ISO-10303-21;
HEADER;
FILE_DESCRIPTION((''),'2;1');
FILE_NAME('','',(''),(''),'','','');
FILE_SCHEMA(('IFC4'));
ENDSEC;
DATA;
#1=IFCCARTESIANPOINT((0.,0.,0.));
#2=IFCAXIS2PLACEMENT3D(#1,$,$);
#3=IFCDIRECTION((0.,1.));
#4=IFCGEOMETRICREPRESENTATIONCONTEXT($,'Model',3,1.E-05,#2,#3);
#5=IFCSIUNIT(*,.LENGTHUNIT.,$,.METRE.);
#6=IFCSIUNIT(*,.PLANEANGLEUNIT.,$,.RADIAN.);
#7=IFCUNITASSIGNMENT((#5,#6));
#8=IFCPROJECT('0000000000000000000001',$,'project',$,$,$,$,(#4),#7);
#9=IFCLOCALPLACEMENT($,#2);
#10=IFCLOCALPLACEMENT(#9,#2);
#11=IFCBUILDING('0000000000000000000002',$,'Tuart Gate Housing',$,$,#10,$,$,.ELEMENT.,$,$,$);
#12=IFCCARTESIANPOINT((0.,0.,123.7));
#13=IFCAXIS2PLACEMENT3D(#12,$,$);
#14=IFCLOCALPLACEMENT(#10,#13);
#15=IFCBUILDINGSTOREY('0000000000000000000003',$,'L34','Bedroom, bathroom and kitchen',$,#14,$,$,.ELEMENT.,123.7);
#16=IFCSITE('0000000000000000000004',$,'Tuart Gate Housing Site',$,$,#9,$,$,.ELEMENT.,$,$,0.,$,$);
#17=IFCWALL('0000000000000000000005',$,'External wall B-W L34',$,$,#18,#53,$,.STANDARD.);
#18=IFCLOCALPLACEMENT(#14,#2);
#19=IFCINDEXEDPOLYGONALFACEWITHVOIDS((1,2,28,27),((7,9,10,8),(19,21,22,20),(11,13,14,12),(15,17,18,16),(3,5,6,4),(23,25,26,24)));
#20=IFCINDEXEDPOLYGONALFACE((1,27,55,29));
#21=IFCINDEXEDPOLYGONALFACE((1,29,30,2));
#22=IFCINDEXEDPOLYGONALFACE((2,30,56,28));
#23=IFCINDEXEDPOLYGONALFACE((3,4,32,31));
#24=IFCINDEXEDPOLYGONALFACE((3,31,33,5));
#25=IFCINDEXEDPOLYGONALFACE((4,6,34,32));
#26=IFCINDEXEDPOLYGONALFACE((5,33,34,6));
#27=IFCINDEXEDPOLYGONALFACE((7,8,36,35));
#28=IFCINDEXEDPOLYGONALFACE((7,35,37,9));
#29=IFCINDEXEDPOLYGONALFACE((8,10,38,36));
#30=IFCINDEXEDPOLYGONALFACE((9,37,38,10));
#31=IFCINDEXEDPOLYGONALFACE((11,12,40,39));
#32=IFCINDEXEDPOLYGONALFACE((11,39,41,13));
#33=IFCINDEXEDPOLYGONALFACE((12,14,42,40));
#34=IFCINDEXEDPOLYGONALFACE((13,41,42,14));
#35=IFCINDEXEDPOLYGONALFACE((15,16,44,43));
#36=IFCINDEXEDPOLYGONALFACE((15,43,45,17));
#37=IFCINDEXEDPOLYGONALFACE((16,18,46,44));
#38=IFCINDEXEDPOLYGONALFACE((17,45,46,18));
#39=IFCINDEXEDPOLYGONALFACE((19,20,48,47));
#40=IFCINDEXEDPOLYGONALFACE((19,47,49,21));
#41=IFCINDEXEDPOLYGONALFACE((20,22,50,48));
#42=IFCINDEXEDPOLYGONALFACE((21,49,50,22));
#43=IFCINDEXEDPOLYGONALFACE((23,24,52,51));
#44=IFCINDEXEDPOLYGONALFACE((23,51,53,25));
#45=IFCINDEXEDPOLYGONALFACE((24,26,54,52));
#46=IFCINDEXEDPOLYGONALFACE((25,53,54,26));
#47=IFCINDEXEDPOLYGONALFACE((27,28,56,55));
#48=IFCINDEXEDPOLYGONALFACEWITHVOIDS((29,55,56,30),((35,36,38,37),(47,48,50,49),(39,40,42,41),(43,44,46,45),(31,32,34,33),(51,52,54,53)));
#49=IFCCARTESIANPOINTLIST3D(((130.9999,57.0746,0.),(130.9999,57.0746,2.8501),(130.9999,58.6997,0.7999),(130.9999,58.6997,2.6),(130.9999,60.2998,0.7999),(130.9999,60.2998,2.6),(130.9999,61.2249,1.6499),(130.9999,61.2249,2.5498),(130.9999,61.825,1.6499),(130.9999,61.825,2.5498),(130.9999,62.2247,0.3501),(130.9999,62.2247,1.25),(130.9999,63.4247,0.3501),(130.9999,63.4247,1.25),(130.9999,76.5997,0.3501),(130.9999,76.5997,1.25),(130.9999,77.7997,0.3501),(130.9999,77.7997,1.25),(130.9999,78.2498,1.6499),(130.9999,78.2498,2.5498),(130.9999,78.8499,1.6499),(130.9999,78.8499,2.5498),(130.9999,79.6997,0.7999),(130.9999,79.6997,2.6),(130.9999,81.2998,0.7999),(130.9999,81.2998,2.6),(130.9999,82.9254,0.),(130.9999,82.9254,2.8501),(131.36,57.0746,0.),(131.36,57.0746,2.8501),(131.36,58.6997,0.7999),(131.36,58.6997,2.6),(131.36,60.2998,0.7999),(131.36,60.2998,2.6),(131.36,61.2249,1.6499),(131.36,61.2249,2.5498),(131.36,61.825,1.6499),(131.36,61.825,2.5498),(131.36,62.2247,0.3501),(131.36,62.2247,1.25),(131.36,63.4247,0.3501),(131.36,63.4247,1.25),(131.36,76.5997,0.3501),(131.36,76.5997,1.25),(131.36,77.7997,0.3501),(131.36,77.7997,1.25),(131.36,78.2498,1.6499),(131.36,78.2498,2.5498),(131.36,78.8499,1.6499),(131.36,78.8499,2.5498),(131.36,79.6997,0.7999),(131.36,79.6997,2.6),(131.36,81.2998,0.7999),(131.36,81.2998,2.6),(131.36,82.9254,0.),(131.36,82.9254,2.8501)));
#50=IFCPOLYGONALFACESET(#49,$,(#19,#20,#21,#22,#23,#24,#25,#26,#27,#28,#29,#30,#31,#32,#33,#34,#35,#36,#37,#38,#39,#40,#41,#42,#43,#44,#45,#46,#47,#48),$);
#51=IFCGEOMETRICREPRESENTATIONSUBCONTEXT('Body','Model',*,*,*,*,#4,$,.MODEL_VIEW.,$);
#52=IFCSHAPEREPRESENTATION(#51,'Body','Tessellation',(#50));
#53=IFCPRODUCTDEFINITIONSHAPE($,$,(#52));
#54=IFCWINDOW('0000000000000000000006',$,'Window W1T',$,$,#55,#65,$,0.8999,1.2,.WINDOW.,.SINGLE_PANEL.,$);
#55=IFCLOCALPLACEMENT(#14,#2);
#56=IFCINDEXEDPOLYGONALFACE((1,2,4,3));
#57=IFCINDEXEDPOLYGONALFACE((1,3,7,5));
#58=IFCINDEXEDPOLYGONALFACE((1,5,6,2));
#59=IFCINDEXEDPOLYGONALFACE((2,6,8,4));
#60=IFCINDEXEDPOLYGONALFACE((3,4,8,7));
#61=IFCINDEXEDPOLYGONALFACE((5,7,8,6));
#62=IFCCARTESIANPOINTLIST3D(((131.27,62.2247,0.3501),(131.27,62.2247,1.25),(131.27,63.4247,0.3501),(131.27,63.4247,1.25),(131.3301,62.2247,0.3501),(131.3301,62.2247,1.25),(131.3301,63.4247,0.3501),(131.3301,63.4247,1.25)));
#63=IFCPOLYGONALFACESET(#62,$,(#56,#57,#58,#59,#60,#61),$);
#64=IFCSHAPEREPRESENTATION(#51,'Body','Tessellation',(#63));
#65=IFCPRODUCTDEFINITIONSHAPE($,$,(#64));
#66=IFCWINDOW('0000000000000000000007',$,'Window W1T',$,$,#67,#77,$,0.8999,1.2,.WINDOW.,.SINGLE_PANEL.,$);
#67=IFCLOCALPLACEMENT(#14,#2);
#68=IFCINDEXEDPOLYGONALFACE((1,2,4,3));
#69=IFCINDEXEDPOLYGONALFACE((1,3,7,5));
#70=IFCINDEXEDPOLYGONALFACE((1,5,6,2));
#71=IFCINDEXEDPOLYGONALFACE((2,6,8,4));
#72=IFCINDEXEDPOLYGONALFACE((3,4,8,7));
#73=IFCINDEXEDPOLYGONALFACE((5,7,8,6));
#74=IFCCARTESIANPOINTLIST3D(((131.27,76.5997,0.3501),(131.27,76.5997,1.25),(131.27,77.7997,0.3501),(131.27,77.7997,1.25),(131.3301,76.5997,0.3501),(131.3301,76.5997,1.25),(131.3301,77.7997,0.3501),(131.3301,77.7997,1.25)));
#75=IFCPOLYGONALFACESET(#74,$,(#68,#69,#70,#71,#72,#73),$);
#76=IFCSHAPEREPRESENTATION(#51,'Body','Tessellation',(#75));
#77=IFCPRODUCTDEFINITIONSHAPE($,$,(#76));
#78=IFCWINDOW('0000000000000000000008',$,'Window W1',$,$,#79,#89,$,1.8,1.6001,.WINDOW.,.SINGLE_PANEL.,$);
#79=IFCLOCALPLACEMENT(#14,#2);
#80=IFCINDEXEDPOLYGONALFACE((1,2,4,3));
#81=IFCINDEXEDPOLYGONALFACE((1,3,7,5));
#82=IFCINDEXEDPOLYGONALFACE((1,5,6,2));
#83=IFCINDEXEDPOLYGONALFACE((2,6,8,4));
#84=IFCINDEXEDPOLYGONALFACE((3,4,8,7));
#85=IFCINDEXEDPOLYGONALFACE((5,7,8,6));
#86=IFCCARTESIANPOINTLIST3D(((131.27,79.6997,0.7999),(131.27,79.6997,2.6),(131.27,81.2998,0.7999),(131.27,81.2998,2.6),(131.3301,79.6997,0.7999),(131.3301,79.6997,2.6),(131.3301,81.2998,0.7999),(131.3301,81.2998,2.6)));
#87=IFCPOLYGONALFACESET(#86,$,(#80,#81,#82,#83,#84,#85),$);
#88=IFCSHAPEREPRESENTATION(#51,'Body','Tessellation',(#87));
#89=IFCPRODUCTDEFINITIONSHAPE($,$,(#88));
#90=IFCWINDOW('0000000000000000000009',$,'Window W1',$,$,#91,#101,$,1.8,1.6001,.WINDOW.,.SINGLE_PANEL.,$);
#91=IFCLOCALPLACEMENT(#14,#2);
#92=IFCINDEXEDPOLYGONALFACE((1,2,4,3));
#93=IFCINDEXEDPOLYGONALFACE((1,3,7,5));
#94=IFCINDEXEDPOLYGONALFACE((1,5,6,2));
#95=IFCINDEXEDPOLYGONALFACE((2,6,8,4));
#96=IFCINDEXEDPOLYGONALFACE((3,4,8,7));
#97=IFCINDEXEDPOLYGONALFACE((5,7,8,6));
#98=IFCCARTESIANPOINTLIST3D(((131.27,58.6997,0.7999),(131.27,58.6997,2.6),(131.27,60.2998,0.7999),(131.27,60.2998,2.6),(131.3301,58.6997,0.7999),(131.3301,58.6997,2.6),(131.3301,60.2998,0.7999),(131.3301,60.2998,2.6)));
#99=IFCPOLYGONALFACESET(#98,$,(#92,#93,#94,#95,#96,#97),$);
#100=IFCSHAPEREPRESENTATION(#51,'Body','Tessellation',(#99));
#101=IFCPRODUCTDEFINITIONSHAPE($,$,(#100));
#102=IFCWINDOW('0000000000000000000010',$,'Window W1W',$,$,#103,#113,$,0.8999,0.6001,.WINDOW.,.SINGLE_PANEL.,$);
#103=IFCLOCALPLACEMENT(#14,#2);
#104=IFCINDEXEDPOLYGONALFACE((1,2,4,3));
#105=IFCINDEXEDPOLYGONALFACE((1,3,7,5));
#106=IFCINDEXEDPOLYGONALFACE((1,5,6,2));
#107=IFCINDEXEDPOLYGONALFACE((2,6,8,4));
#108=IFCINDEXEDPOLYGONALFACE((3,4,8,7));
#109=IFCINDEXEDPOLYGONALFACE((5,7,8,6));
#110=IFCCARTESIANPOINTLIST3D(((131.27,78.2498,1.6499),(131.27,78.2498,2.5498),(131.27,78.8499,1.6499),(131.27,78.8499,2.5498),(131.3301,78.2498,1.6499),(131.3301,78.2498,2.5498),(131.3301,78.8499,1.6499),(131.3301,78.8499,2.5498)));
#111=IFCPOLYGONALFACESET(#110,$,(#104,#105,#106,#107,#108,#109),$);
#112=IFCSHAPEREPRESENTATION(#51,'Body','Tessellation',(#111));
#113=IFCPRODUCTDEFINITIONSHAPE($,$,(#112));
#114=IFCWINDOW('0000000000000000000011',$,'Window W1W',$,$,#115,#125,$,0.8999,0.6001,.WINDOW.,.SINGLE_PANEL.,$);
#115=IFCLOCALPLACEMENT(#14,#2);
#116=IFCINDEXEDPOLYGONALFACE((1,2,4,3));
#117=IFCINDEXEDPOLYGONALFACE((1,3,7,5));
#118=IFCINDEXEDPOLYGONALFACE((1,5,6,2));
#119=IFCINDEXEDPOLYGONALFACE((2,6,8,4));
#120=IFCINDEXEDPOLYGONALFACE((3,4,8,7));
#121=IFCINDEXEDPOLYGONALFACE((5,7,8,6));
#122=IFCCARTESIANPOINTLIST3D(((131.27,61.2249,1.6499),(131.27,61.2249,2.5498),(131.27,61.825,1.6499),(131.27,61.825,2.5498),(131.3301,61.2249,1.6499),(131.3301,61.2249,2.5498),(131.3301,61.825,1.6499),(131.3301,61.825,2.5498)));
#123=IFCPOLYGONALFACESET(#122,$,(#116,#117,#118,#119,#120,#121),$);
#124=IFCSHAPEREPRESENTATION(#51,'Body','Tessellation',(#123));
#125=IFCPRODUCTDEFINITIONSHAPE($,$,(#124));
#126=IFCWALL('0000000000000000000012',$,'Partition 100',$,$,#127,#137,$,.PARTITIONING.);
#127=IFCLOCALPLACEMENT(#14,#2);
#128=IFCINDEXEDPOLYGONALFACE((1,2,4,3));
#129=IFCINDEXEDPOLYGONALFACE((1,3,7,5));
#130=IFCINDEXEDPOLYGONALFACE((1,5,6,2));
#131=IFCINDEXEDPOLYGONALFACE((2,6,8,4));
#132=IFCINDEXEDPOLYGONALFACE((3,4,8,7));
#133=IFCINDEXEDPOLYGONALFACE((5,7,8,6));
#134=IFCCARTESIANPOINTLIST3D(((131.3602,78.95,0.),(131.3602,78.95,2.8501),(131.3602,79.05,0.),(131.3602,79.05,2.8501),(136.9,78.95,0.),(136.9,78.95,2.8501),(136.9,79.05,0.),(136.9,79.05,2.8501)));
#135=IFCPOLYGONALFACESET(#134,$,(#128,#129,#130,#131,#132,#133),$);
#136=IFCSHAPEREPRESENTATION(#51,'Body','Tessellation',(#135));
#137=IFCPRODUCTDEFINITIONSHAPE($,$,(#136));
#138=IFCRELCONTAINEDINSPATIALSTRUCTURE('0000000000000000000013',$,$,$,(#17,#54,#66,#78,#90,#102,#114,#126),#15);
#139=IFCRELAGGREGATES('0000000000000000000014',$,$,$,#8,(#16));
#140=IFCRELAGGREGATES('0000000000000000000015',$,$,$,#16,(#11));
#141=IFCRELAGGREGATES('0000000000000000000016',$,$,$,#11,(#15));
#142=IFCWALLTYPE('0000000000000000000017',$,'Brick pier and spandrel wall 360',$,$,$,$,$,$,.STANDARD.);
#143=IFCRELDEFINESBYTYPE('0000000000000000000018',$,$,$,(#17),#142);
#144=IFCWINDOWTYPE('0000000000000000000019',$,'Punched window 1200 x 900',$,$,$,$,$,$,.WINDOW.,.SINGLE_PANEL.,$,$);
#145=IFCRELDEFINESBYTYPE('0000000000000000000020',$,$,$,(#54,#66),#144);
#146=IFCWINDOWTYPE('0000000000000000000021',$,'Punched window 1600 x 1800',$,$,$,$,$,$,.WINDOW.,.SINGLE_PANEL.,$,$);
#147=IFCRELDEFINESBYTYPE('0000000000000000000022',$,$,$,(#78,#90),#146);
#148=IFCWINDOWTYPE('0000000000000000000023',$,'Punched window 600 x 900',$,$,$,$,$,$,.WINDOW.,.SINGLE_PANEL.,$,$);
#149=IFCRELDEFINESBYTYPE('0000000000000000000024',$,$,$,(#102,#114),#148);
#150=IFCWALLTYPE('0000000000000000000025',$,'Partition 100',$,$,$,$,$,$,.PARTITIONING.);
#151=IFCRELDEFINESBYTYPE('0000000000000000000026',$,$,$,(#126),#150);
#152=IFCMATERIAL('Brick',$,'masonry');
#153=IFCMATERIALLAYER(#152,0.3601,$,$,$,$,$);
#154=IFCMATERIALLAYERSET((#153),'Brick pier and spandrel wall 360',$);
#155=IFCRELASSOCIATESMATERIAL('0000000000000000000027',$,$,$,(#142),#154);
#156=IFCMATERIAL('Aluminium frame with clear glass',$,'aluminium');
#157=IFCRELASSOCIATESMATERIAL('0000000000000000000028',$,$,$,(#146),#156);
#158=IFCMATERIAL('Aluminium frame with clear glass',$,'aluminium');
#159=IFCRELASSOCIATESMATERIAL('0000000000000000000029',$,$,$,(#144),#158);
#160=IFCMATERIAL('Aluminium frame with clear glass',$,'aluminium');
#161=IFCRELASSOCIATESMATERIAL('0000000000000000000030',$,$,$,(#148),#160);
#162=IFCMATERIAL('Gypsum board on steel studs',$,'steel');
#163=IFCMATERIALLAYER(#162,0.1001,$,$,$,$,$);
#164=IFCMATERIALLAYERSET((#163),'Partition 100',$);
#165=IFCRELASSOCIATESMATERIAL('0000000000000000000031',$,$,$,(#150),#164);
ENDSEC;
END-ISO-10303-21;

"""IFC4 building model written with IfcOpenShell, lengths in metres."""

from ifc_helpers import new_model, si_unit, direction, frame, frame_2d, origin, place, context, subcontext, project, spatial, rectangle, extrude, material, layer, layer_set, type_object, element, fill, save


model = new_model("IFC4")

# Units and contexts
model_context = context("Model", 3, precision=1e-05, world=origin(), true_north=direction((0.0, 1.0)))
body_context = subcontext(model_context, "Body", "Model", "MODEL_VIEW")
ifc_project = project(units=[si_unit("LENGTHUNIT", "METRE"), si_unit("PLANEANGLEUNIT", "RADIAN")], contexts=[model_context])

# Site, building, storey
site_placement = place(None, origin())
site = spatial("IfcSite", under=ifc_project, at=site_placement, Name="Tuart Gate Housing Site", CompositionType="ELEMENT", RefElevation=0.0)
building_placement = place(site_placement, origin())
building = spatial("IfcBuilding", under=site, at=building_placement, Name="Tuart Gate Housing", CompositionType="ELEMENT")
storey_placement = place(building_placement, frame((0.0, 0.0, 123.7)))
storey = spatial("IfcBuildingStorey", under=building, at=storey_placement, Name="L34", Description="Bedroom, bathroom and kitchen", CompositionType="ELEMENT", Elevation=123.7)

# Shared definitions
ifc_material_1 = material(Name="Brick", Category="masonry")
ifc_layer_1 = layer(ifc_material_1, 0.3601)
ifc_layer_set_1 = layer_set([ifc_layer_1], Name="Brick pier and spandrel wall 360")
wall_type_1 = type_object("IfcWallType", Name="Brick pier and spandrel wall 360", PredefinedType="STANDARD", material=ifc_layer_set_1)
ifc_material_2 = material(Name="Aluminium frame with clear glass", Category="aluminium")
window_type_1 = type_object("IfcWindowType", Name="Punched window 1600 x 1800", PartitioningType="SINGLE_PANEL", PredefinedType="WINDOW", material=ifc_material_2)

# Wall, openings, windows
wall_1_placement = place(storey_placement, frame((131.1799, 82.9253, 0.0), z_axis=(0.0, 0.0, 1.0), x_axis=(0.0, -1.0, 0.0)))
wall_1 = element("IfcWall", 1, at=wall_1_placement, inside=storey, type_object=wall_type_1, Name="External wall B-W L34", PredefinedType="STANDARD", context=body_context, shape_type="SweptSolid", body=[
    extrude(rectangle(XDim=25.8508, YDim=0.3601, at=frame_2d((12.9253, 0.0))), origin(), (0.0, 0.0, 1.0), 2.8501),
])
opening_1_placement = place(wall_1_placement, frame((1.6255, 0.0, 0.8)))
opening_1 = element("IfcOpeningElement", 2, at=opening_1_placement, cuts=wall_1, PredefinedType="OPENING", context=body_context, shape_type="SweptSolid", body=[
    extrude(rectangle(XDim=1.6001, YDim=1.8, at=frame_2d((0.8, 0.8999))), frame((0.0, 0.1899, 0.0), z_axis=(0.0, -1.0, 0.0), x_axis=(1.0, 0.0, 0.0)), (0.0, 0.0, 1.0), 0.3801),
])
opening_2_placement = place(wall_1_placement, frame((4.0754, 0.0, 1.6499)))
opening_2 = element("IfcOpeningElement", 3, at=opening_2_placement, cuts=wall_1, PredefinedType="OPENING", context=body_context, shape_type="SweptSolid", body=[
    extrude(rectangle(XDim=0.6001, YDim=0.8999, at=frame_2d((0.3, 0.45))), frame((0.0, 0.1899, 0.0), z_axis=(0.0, -1.0, 0.0), x_axis=(1.0, 0.0, 0.0)), (0.0, 0.0, 1.0), 0.3801),
])
opening_3_placement = place(wall_1_placement, frame((19.5005, 0.0, 0.3501)))
opening_3 = element("IfcOpeningElement", 4, at=opening_3_placement, cuts=wall_1, PredefinedType="OPENING", context=body_context, shape_type="SweptSolid", body=[
    extrude(rectangle(XDim=1.2, YDim=0.8999, at=frame_2d((0.6001, 0.45))), frame((0.0, 0.1899, 0.0), z_axis=(0.0, -1.0, 0.0), x_axis=(1.0, 0.0, 0.0)), (0.0, 0.0, 1.0), 0.3801),
])
opening_4_placement = place(wall_1_placement, frame((22.6255, 0.0, 0.8)))
opening_4 = element("IfcOpeningElement", 5, at=opening_4_placement, cuts=wall_1, PredefinedType="OPENING", context=body_context, shape_type="SweptSolid", body=[
    extrude(rectangle(XDim=1.6001, YDim=1.8, at=frame_2d((0.8, 0.8999))), frame((0.0, 0.1899, 0.0), z_axis=(0.0, -1.0, 0.0), x_axis=(1.0, 0.0, 0.0)), (0.0, 0.0, 1.0), 0.3801),
])
opening_5_placement = place(wall_1_placement, frame((5.1255, 0.0, 0.3501)))
opening_5 = element("IfcOpeningElement", 6, at=opening_5_placement, cuts=wall_1, PredefinedType="OPENING", context=body_context, shape_type="SweptSolid", body=[
    extrude(rectangle(XDim=1.2, YDim=0.8999, at=frame_2d((0.6001, 0.45))), frame((0.0, 0.1899, 0.0), z_axis=(0.0, -1.0, 0.0), x_axis=(1.0, 0.0, 0.0)), (0.0, 0.0, 1.0), 0.3801),
])
opening_6_placement = place(wall_1_placement, frame((21.1003, 0.0, 1.6499)))
opening_6 = element("IfcOpeningElement", 7, at=opening_6_placement, cuts=wall_1, PredefinedType="OPENING", context=body_context, shape_type="SweptSolid", body=[
    extrude(rectangle(XDim=0.6001, YDim=0.8999, at=frame_2d((0.3, 0.45))), frame((0.0, 0.1899, 0.0), z_axis=(0.0, -1.0, 0.0), x_axis=(1.0, 0.0, 0.0)), (0.0, 0.0, 1.0), 0.3801),
])
ifc_material_3 = material(Name="Aluminium frame with clear glass", Category="aluminium")
window_type_2 = type_object("IfcWindowType", Name="Punched window 1200 x 900", PartitioningType="SINGLE_PANEL", PredefinedType="WINDOW", material=ifc_material_3)
window_1_placement = place(opening_3_placement, origin())
window_1 = element("IfcWindow", 8, at=window_1_placement, inside=storey, type_object=window_type_2, Name="Window W1T", OverallHeight=0.8999, OverallWidth=1.2, PartitioningType="SINGLE_PANEL", PredefinedType="WINDOW", context=body_context, shape_type="SweptSolid", body=[
    extrude(rectangle(XDim=1.2, YDim=0.8999, at=frame_2d((0.6001, 0.45))), frame((0.0, 0.1501, 0.0), z_axis=(0.0, -1.0, 0.0), x_axis=(1.0, 0.0, 0.0)), (0.0, 0.0, 1.0), 0.0601),
])
fill(opening_3, window_1)
window_2_placement = place(opening_5_placement, origin())
window_2 = element("IfcWindow", 9, at=window_2_placement, inside=storey, type_object=window_type_2, Name="Window W1T", OverallHeight=0.8999, OverallWidth=1.2, PartitioningType="SINGLE_PANEL", PredefinedType="WINDOW", context=body_context, shape_type="SweptSolid", body=[
    extrude(rectangle(XDim=1.2, YDim=0.8999, at=frame_2d((0.6001, 0.45))), frame((0.0, 0.1501, 0.0), z_axis=(0.0, -1.0, 0.0), x_axis=(1.0, 0.0, 0.0)), (0.0, 0.0, 1.0), 0.0601),
])
fill(opening_5, window_2)
window_3_placement = place(opening_1_placement, origin())
window_3 = element("IfcWindow", 10, at=window_3_placement, inside=storey, type_object=window_type_1, Name="Window W1", OverallHeight=1.8, OverallWidth=1.6001, PartitioningType="SINGLE_PANEL", PredefinedType="WINDOW", context=body_context, shape_type="SweptSolid", body=[
    extrude(rectangle(XDim=1.6001, YDim=1.8, at=frame_2d((0.8, 0.8999))), frame((0.0, 0.1501, 0.0), z_axis=(0.0, -1.0, 0.0), x_axis=(1.0, 0.0, 0.0)), (0.0, 0.0, 1.0), 0.0601),
])
fill(opening_1, window_3)
window_4_placement = place(opening_4_placement, origin())
window_4 = element("IfcWindow", 11, at=window_4_placement, inside=storey, type_object=window_type_1, Name="Window W1", OverallHeight=1.8, OverallWidth=1.6001, PartitioningType="SINGLE_PANEL", PredefinedType="WINDOW", context=body_context, shape_type="SweptSolid", body=[
    extrude(rectangle(XDim=1.6001, YDim=1.8, at=frame_2d((0.8, 0.8999))), frame((0.0, 0.1501, 0.0), z_axis=(0.0, -1.0, 0.0), x_axis=(1.0, 0.0, 0.0)), (0.0, 0.0, 1.0), 0.0601),
])
fill(opening_4, window_4)
ifc_material_4 = material(Name="Aluminium frame with clear glass", Category="aluminium")
window_type_3 = type_object("IfcWindowType", Name="Punched window 600 x 900", PartitioningType="SINGLE_PANEL", PredefinedType="WINDOW", material=ifc_material_4)
window_5_placement = place(opening_2_placement, origin())
window_5 = element("IfcWindow", 12, at=window_5_placement, inside=storey, type_object=window_type_3, Name="Window W1W", OverallHeight=0.8999, OverallWidth=0.6001, PartitioningType="SINGLE_PANEL", PredefinedType="WINDOW", context=body_context, shape_type="SweptSolid", body=[
    extrude(rectangle(XDim=0.6001, YDim=0.8999, at=frame_2d((0.3, 0.45))), frame((0.0, 0.1501, 0.0), z_axis=(0.0, -1.0, 0.0), x_axis=(1.0, 0.0, 0.0)), (0.0, 0.0, 1.0), 0.0601),
])
fill(opening_2, window_5)
window_6_placement = place(opening_6_placement, origin())
window_6 = element("IfcWindow", 13, at=window_6_placement, inside=storey, type_object=window_type_3, Name="Window W1W", OverallHeight=0.8999, OverallWidth=0.6001, PartitioningType="SINGLE_PANEL", PredefinedType="WINDOW", context=body_context, shape_type="SweptSolid", body=[
    extrude(rectangle(XDim=0.6001, YDim=0.8999, at=frame_2d((0.3, 0.45))), frame((0.0, 0.1501, 0.0), z_axis=(0.0, -1.0, 0.0), x_axis=(1.0, 0.0, 0.0)), (0.0, 0.0, 1.0), 0.0601),
])
fill(opening_6, window_6)

# Wall
ifc_material_5 = material(Name="Gypsum board on steel studs", Category="steel")
ifc_layer_2 = layer(ifc_material_5, 0.1001)
ifc_layer_set_2 = layer_set([ifc_layer_2], Name="Partition 100")
wall_type_2 = type_object("IfcWallType", Name="Partition 100", PredefinedType="PARTITIONING", material=ifc_layer_set_2)
wall_2_placement = place(storey_placement, frame((131.3601, 79.0, 0.0), z_axis=(0.0, 0.0, 1.0), x_axis=(1.0, 0.0, 0.0)))
element("IfcWall", 14, at=wall_2_placement, inside=storey, type_object=wall_type_2, Name="Partition 100", PredefinedType="PARTITIONING", context=body_context, shape_type="SweptSolid", body=[
    extrude(rectangle(XDim=5.5398, YDim=0.1001, at=frame_2d((2.77, 0.0))), origin(), (0.0, 0.0, 1.0), 2.8501),
])

save(model, "model.ifc")
